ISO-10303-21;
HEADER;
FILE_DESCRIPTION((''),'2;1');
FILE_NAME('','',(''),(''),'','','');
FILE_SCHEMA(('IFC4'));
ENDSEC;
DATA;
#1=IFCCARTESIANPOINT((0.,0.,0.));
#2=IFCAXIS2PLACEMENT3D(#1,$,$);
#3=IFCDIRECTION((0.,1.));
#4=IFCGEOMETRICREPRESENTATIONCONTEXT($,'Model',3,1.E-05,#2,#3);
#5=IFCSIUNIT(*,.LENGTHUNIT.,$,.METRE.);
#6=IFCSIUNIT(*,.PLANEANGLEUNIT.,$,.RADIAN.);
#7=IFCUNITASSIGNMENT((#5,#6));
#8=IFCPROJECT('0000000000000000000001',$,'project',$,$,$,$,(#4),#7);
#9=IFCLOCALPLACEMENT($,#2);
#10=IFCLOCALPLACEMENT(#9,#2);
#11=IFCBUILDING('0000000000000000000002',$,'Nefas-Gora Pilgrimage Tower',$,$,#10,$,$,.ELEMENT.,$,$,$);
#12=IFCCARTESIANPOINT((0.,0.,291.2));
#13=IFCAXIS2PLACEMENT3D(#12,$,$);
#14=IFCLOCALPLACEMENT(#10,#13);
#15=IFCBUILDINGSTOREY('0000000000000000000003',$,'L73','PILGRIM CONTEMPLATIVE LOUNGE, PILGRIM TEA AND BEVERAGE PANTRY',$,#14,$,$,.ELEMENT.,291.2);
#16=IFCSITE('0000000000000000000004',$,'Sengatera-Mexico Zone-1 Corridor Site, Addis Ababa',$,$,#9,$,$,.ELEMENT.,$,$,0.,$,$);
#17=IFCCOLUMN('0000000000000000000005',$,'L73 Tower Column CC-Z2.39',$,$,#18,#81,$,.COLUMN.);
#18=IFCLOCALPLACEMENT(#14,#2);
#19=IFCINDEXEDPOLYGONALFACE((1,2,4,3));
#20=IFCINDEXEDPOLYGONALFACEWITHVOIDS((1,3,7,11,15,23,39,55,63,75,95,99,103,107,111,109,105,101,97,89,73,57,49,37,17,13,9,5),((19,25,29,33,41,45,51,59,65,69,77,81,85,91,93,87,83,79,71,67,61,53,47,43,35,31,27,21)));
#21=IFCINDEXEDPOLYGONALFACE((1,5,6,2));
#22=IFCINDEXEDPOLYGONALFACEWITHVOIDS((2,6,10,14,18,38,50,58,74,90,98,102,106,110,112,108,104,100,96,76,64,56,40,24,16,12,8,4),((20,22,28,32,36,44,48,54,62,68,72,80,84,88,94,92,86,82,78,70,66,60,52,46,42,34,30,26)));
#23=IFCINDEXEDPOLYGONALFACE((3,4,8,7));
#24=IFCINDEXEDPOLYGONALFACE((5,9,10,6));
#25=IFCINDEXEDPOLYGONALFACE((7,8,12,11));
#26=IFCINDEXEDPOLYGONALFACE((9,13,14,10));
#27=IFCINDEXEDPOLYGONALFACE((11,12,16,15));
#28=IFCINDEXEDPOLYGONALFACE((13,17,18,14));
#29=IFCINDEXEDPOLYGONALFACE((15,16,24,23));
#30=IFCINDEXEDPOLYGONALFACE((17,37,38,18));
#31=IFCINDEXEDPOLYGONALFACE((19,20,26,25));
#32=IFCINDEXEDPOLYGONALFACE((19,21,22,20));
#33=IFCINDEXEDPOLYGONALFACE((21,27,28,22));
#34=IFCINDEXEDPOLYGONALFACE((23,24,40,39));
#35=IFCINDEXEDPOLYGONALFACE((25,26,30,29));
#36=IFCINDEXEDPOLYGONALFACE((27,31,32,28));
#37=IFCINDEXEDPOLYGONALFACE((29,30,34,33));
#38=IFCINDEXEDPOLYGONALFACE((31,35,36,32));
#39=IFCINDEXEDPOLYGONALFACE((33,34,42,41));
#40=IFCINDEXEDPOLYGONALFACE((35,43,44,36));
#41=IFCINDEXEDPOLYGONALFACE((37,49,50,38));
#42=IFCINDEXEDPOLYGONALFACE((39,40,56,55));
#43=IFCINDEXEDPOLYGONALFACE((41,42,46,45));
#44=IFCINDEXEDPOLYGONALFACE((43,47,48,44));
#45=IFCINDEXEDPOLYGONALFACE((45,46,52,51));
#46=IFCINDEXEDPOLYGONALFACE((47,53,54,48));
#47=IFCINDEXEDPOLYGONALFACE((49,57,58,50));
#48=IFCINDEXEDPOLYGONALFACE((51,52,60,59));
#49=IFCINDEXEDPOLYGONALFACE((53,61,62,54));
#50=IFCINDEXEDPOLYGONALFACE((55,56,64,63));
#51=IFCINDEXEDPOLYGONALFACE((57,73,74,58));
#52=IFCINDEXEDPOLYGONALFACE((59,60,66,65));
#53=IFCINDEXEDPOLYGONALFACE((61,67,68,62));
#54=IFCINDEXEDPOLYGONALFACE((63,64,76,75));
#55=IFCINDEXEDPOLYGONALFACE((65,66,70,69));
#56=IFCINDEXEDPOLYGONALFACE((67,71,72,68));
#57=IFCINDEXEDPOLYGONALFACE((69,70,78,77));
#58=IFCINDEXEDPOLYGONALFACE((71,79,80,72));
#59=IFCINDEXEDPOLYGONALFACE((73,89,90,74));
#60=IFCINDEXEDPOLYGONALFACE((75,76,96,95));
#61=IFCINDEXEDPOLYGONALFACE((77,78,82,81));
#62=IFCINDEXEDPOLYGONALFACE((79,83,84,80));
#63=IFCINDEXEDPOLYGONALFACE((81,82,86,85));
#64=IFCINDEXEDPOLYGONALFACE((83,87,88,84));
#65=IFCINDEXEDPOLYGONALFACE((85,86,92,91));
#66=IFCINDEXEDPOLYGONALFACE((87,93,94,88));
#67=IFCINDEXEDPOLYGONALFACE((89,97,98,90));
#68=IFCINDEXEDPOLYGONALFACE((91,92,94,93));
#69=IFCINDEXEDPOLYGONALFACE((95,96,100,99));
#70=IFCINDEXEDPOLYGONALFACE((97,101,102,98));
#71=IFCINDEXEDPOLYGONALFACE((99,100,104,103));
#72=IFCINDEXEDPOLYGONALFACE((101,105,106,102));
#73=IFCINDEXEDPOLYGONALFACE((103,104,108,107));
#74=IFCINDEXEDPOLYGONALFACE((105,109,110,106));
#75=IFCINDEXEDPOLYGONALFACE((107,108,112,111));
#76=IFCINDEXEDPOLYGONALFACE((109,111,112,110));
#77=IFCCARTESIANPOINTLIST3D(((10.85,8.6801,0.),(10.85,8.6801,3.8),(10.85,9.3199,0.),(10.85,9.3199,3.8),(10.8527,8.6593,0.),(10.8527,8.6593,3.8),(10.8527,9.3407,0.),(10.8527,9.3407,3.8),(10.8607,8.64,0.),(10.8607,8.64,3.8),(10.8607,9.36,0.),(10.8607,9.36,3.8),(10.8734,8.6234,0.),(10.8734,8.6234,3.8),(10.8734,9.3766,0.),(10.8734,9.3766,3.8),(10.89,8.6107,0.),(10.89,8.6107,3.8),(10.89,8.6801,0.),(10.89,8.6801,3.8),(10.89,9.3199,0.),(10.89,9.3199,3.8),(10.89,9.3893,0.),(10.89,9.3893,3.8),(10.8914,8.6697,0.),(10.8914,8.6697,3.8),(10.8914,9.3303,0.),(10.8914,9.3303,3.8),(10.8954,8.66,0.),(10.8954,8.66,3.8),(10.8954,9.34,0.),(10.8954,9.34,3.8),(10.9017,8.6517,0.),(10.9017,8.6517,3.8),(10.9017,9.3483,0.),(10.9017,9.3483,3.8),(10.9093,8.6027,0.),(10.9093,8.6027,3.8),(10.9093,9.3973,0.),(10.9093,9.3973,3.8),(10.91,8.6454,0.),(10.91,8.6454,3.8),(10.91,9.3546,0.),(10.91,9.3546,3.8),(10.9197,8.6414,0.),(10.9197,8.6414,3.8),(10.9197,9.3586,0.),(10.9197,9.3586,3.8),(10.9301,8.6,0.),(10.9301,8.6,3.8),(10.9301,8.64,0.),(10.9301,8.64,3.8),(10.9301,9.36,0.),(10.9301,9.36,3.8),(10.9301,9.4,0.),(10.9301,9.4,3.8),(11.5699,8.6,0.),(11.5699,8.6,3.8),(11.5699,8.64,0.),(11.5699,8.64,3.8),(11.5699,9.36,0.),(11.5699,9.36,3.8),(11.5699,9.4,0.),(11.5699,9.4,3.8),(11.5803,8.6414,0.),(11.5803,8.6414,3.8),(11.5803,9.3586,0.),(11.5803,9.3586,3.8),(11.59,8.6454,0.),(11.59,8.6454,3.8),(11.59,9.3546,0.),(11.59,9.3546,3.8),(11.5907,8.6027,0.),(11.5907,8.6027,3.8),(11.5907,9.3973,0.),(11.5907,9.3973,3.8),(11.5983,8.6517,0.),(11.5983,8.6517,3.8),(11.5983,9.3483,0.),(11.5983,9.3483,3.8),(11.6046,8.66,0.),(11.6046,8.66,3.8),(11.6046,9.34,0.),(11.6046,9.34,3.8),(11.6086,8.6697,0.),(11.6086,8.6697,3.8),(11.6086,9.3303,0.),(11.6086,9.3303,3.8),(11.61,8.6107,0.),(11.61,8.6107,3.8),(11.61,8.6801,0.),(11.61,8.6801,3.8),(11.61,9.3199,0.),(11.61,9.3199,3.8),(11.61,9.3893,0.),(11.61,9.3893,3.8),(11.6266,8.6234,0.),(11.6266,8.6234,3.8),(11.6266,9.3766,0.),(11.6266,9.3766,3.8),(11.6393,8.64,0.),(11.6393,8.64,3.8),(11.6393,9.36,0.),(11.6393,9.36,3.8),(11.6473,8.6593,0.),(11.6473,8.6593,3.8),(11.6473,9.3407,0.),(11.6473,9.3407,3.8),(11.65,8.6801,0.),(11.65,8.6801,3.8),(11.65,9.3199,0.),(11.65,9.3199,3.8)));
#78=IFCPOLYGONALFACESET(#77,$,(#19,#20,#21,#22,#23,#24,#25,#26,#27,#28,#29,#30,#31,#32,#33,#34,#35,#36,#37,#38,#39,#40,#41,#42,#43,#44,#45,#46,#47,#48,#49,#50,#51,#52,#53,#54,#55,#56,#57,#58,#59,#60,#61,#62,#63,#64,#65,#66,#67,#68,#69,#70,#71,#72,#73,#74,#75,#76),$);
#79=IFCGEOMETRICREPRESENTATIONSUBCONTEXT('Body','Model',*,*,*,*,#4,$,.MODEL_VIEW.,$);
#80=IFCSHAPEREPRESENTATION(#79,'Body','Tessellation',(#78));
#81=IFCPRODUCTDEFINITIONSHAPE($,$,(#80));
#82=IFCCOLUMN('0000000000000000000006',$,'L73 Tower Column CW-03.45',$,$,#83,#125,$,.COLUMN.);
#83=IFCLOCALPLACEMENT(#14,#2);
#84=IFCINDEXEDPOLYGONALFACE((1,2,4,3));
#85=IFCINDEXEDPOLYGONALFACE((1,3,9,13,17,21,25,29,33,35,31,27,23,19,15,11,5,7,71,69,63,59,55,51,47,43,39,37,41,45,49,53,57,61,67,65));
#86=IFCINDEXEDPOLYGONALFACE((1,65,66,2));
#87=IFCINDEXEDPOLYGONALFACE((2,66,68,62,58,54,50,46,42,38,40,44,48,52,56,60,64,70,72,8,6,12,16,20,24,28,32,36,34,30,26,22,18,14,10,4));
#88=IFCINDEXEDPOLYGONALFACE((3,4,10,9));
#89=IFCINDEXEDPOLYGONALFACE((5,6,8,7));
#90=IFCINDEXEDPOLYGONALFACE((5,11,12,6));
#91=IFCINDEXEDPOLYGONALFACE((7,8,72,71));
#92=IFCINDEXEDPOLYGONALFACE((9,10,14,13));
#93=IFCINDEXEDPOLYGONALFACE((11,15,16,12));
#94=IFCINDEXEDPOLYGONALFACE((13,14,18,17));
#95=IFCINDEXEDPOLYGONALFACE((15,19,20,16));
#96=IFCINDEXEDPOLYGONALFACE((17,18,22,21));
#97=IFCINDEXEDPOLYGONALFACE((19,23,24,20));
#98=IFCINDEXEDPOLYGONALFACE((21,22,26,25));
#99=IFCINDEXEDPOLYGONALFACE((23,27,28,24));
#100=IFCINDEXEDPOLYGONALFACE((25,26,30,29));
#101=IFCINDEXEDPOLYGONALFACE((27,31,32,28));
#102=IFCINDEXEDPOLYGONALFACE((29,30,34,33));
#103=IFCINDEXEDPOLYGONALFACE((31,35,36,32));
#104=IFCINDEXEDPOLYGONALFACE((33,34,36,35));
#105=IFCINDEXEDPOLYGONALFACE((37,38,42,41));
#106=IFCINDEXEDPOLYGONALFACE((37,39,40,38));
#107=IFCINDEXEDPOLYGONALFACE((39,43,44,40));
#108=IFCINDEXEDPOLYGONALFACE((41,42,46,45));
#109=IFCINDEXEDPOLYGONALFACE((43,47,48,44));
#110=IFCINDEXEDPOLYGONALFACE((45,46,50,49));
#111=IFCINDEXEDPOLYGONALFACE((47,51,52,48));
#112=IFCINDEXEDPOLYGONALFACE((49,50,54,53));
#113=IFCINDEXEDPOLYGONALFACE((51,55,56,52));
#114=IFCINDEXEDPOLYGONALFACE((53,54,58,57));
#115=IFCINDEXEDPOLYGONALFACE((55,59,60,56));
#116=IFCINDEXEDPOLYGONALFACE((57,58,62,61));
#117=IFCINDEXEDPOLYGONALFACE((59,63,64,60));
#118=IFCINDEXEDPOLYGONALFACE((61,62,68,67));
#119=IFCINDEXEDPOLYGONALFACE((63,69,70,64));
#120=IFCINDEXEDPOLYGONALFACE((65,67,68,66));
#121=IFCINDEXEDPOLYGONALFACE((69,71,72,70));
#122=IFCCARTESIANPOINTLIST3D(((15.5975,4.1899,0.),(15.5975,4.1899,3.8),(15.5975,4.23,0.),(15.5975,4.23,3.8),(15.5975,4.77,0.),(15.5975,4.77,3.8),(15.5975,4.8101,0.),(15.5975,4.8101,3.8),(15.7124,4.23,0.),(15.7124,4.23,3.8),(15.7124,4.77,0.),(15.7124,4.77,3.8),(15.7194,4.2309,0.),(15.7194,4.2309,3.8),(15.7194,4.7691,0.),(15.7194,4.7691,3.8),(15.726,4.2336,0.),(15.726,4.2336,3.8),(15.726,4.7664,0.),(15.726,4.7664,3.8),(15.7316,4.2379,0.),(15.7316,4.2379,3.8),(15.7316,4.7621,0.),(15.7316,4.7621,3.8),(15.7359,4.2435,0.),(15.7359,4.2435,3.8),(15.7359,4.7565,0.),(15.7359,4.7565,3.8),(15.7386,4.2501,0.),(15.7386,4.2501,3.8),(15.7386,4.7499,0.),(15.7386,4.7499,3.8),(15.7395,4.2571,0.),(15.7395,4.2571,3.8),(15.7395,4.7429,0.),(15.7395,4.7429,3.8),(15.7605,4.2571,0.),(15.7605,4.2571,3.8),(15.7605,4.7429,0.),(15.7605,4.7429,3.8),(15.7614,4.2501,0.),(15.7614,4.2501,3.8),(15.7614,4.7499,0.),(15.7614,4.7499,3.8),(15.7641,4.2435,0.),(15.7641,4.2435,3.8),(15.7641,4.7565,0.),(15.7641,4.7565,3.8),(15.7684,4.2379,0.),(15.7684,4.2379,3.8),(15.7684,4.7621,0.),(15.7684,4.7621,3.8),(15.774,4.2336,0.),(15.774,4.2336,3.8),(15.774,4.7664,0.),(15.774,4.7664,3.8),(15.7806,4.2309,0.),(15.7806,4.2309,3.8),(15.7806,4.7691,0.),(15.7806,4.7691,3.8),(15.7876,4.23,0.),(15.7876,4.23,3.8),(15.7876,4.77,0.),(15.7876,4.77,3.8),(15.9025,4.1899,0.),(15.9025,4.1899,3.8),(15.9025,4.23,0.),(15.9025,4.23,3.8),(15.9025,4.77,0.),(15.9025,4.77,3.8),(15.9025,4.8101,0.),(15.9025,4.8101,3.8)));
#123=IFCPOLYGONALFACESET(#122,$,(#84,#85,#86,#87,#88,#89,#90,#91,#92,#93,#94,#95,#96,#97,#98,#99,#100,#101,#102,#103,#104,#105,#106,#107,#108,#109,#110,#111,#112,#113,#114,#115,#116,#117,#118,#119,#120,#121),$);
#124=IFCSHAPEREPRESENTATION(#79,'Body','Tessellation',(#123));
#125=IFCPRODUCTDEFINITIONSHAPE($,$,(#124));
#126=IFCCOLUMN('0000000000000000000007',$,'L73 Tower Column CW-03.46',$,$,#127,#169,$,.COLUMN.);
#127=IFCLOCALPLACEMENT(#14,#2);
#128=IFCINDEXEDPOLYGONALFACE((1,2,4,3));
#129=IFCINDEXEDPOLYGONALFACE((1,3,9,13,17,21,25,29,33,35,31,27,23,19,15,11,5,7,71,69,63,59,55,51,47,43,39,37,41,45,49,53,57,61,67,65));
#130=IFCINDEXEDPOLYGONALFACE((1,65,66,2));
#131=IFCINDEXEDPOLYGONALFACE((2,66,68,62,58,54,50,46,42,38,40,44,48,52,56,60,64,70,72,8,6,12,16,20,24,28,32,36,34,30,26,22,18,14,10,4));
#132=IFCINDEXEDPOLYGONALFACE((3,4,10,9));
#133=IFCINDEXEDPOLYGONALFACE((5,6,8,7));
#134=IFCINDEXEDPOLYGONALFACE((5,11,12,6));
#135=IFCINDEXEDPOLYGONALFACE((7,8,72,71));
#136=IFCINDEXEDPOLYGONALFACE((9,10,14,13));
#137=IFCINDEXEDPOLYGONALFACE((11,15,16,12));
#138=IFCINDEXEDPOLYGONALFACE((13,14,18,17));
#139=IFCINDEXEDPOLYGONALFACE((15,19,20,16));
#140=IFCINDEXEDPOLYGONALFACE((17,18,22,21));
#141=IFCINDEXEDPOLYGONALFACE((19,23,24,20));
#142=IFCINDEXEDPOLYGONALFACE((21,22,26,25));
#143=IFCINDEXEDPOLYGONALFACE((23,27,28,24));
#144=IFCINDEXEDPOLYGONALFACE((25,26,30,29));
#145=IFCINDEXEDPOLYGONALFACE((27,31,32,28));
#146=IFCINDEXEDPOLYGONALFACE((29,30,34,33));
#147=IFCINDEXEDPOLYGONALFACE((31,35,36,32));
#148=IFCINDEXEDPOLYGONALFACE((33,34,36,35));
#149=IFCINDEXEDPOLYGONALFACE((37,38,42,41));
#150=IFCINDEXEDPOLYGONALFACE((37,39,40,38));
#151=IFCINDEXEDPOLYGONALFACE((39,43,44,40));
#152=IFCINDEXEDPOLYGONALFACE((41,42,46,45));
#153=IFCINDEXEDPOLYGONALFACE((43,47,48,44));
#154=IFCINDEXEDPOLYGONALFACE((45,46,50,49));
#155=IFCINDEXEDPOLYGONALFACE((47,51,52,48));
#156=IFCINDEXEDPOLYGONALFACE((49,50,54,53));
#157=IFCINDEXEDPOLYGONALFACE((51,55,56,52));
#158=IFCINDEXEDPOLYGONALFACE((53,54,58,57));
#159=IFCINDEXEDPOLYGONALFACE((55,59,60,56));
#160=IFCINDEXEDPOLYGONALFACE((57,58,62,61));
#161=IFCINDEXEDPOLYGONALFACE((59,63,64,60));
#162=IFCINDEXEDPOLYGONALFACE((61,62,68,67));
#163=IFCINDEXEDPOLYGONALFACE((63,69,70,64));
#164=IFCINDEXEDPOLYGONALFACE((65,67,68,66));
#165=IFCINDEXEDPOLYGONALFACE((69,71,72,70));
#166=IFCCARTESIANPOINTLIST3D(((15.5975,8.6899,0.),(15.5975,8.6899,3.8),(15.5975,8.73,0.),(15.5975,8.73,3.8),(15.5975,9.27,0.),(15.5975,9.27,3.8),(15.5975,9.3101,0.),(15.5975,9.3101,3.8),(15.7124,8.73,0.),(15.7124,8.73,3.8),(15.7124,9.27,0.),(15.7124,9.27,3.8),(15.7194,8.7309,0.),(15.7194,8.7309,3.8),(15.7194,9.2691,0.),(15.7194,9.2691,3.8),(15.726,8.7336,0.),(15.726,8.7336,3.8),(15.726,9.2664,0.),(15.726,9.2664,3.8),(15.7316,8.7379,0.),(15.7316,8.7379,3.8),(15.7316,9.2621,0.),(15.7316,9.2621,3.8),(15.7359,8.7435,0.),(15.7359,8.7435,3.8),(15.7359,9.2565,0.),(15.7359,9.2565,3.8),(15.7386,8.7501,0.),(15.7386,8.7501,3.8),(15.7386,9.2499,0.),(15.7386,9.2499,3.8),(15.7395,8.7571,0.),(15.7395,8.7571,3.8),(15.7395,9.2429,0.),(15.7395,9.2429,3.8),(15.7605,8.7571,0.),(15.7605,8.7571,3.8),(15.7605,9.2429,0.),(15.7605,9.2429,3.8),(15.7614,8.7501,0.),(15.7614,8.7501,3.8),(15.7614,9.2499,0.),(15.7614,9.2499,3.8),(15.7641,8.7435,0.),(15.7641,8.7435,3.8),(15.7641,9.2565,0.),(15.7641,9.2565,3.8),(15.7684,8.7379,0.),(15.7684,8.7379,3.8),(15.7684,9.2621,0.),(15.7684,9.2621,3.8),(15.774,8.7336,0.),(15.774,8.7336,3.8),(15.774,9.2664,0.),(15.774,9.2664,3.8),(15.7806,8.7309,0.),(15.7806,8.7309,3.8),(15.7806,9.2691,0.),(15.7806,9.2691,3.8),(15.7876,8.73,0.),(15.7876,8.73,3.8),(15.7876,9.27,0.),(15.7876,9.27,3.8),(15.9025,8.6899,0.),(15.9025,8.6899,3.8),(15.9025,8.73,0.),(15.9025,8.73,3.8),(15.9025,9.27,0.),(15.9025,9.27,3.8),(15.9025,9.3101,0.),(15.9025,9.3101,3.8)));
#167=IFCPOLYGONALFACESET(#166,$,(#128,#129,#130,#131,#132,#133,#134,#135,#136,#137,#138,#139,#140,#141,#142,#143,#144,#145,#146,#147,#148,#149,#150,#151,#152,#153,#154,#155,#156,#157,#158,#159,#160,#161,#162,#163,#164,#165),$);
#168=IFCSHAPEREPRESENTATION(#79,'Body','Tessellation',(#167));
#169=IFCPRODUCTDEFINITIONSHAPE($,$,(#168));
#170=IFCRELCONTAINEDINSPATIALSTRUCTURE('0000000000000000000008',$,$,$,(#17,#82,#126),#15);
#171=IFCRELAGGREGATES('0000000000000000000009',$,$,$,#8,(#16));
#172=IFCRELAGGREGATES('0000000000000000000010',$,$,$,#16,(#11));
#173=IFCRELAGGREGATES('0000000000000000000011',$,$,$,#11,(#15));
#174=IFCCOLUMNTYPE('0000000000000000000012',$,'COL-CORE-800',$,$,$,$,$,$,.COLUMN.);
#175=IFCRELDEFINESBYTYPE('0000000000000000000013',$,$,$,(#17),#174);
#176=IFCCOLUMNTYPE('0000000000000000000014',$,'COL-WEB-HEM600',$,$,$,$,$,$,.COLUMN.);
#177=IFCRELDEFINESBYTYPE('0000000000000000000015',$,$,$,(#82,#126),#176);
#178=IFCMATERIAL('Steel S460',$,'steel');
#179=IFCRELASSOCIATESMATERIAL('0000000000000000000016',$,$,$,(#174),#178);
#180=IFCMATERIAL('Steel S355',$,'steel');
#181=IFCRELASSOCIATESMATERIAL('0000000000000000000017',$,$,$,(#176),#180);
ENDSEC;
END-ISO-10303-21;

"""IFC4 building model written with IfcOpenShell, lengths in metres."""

from ifc_helpers import new_model, si_unit, direction, frame, origin, origin_2d, place, context, subcontext, project, spatial, hollow_rectangle, i_section, extrude, source, transform, mapped, material, material_profile, profile_set, type_object, element, save


model = new_model("IFC4")

# Units and contexts
model_context = context("Model", 3, precision=1e-05, world=origin(), true_north=direction((0.0, 1.0)))
body_context = subcontext(model_context, "Body", "Model", "MODEL_VIEW")
ifc_project = project(units=[si_unit("LENGTHUNIT", "METRE"), si_unit("PLANEANGLEUNIT", "RADIAN")], contexts=[model_context])

# Site, building, storey
site_placement = place(None, origin())
site = spatial("IfcSite", under=ifc_project, at=site_placement, Name="Sengatera-Mexico Zone-1 Corridor Site, Addis Ababa", CompositionType="ELEMENT", RefElevation=0.0)
building_placement = place(site_placement, origin())
building = spatial("IfcBuilding", under=site, at=building_placement, Name="Nefas-Gora Pilgrimage Tower", CompositionType="ELEMENT")
storey_placement = place(building_placement, frame((0.0, 0.0, 291.2)))
storey = spatial("IfcBuildingStorey", under=building, at=storey_placement, Name="L73", Description="PILGRIM CONTEMPLATIVE LOUNGE, PILGRIM TEA AND BEVERAGE PANTRY", CompositionType="ELEMENT", Elevation=291.2)

# Columns
ifc_material_1 = material(Name="Steel S460", Category="steel")
ifc_material_profile_1 = material_profile(ifc_material_1, hollow_rectangle(XDim=0.8, YDim=0.8, WallThickness=0.04, InnerFilletRadius=0.04, OuterFilletRadius=0.0801, at=origin_2d()), Name="BOX 800x800x40")
ifc_profile_set_1 = profile_set([ifc_material_profile_1], Name="Steel S460")
column_type_1 = type_object("IfcColumnType", Name="COL-CORE-800", PredefinedType="COLUMN", material=ifc_profile_set_1)
shared_shape_1 = source(origin(), body_context, "Body", "SweptSolid", [
    extrude(hollow_rectangle(XDim=0.8, YDim=0.8, WallThickness=0.04, InnerFilletRadius=0.04, OuterFilletRadius=0.0801, at=origin_2d()), origin(), (0.0, 0.0, 1.0), 3.8),
])
column_placement = place(storey_placement, frame((11.25, 9.0, 0.0), z_axis=(0.0, 0.0, 1.0), x_axis=(1.0, 0.0, 0.0)))
element("IfcColumn", 1, at=column_placement, inside=storey, type_object=column_type_1, Name="L73 Tower Column CC-Z2.39", PredefinedType="COLUMN", context=body_context, shape_type="MappedRepresentation", body=[
    mapped(shared_shape_1, transform((0.0, 0.0, 0.0), x_axis=(1.0, 0.0, 0.0), y_axis=(0.0, 1.0, 0.0), z_axis=(0.0, 0.0, 1.0), scale=1.0)),
])
ifc_material_2 = material(Name="Steel S355", Category="steel")
ifc_material_profile_2 = material_profile(ifc_material_2, i_section(OverallWidth=0.3049, OverallDepth=0.6201, WebThickness=0.021, FlangeThickness=0.04, FilletRadius=0.0271, at=origin_2d()), Name="HEM 600")
ifc_profile_set_2 = profile_set([ifc_material_profile_2], Name="Steel S355")
column_type_2 = type_object("IfcColumnType", Name="COL-WEB-HEM600", PredefinedType="COLUMN", material=ifc_profile_set_2)
shared_shape_2 = source(origin(), body_context, "Body", "SweptSolid", [
    extrude(i_section(OverallWidth=0.3049, OverallDepth=0.6201, WebThickness=0.021, FlangeThickness=0.04, FilletRadius=0.0271, at=origin_2d()), origin(), (0.0, 0.0, 1.0), 3.8),
])
for number, where, z_axis, x_axis, name in (
    (2, (15.75, 4.5, 0.0), (0.0, 0.0, 1.0), (1.0, 0.0, 0.0), "L73 Tower Column CW-03.45"),
    (3, (15.75, 9.0, 0.0), (0.0, 0.0, 1.0), (1.0, 0.0, 0.0), "L73 Tower Column CW-03.46"),
):
    element("IfcColumn", number, at=place(storey_placement, frame(where, z_axis=z_axis, x_axis=x_axis)), inside=storey, type_object=column_type_2, Name=name, PredefinedType="COLUMN", context=body_context, shape_type="MappedRepresentation", body=[
        mapped(shared_shape_2, transform((0.0, 0.0, 0.0), x_axis=(1.0, 0.0, 0.0), y_axis=(0.0, 1.0, 0.0), z_axis=(0.0, 0.0, 1.0), scale=1.0)),
    ])

save(model, "model.ifc")
